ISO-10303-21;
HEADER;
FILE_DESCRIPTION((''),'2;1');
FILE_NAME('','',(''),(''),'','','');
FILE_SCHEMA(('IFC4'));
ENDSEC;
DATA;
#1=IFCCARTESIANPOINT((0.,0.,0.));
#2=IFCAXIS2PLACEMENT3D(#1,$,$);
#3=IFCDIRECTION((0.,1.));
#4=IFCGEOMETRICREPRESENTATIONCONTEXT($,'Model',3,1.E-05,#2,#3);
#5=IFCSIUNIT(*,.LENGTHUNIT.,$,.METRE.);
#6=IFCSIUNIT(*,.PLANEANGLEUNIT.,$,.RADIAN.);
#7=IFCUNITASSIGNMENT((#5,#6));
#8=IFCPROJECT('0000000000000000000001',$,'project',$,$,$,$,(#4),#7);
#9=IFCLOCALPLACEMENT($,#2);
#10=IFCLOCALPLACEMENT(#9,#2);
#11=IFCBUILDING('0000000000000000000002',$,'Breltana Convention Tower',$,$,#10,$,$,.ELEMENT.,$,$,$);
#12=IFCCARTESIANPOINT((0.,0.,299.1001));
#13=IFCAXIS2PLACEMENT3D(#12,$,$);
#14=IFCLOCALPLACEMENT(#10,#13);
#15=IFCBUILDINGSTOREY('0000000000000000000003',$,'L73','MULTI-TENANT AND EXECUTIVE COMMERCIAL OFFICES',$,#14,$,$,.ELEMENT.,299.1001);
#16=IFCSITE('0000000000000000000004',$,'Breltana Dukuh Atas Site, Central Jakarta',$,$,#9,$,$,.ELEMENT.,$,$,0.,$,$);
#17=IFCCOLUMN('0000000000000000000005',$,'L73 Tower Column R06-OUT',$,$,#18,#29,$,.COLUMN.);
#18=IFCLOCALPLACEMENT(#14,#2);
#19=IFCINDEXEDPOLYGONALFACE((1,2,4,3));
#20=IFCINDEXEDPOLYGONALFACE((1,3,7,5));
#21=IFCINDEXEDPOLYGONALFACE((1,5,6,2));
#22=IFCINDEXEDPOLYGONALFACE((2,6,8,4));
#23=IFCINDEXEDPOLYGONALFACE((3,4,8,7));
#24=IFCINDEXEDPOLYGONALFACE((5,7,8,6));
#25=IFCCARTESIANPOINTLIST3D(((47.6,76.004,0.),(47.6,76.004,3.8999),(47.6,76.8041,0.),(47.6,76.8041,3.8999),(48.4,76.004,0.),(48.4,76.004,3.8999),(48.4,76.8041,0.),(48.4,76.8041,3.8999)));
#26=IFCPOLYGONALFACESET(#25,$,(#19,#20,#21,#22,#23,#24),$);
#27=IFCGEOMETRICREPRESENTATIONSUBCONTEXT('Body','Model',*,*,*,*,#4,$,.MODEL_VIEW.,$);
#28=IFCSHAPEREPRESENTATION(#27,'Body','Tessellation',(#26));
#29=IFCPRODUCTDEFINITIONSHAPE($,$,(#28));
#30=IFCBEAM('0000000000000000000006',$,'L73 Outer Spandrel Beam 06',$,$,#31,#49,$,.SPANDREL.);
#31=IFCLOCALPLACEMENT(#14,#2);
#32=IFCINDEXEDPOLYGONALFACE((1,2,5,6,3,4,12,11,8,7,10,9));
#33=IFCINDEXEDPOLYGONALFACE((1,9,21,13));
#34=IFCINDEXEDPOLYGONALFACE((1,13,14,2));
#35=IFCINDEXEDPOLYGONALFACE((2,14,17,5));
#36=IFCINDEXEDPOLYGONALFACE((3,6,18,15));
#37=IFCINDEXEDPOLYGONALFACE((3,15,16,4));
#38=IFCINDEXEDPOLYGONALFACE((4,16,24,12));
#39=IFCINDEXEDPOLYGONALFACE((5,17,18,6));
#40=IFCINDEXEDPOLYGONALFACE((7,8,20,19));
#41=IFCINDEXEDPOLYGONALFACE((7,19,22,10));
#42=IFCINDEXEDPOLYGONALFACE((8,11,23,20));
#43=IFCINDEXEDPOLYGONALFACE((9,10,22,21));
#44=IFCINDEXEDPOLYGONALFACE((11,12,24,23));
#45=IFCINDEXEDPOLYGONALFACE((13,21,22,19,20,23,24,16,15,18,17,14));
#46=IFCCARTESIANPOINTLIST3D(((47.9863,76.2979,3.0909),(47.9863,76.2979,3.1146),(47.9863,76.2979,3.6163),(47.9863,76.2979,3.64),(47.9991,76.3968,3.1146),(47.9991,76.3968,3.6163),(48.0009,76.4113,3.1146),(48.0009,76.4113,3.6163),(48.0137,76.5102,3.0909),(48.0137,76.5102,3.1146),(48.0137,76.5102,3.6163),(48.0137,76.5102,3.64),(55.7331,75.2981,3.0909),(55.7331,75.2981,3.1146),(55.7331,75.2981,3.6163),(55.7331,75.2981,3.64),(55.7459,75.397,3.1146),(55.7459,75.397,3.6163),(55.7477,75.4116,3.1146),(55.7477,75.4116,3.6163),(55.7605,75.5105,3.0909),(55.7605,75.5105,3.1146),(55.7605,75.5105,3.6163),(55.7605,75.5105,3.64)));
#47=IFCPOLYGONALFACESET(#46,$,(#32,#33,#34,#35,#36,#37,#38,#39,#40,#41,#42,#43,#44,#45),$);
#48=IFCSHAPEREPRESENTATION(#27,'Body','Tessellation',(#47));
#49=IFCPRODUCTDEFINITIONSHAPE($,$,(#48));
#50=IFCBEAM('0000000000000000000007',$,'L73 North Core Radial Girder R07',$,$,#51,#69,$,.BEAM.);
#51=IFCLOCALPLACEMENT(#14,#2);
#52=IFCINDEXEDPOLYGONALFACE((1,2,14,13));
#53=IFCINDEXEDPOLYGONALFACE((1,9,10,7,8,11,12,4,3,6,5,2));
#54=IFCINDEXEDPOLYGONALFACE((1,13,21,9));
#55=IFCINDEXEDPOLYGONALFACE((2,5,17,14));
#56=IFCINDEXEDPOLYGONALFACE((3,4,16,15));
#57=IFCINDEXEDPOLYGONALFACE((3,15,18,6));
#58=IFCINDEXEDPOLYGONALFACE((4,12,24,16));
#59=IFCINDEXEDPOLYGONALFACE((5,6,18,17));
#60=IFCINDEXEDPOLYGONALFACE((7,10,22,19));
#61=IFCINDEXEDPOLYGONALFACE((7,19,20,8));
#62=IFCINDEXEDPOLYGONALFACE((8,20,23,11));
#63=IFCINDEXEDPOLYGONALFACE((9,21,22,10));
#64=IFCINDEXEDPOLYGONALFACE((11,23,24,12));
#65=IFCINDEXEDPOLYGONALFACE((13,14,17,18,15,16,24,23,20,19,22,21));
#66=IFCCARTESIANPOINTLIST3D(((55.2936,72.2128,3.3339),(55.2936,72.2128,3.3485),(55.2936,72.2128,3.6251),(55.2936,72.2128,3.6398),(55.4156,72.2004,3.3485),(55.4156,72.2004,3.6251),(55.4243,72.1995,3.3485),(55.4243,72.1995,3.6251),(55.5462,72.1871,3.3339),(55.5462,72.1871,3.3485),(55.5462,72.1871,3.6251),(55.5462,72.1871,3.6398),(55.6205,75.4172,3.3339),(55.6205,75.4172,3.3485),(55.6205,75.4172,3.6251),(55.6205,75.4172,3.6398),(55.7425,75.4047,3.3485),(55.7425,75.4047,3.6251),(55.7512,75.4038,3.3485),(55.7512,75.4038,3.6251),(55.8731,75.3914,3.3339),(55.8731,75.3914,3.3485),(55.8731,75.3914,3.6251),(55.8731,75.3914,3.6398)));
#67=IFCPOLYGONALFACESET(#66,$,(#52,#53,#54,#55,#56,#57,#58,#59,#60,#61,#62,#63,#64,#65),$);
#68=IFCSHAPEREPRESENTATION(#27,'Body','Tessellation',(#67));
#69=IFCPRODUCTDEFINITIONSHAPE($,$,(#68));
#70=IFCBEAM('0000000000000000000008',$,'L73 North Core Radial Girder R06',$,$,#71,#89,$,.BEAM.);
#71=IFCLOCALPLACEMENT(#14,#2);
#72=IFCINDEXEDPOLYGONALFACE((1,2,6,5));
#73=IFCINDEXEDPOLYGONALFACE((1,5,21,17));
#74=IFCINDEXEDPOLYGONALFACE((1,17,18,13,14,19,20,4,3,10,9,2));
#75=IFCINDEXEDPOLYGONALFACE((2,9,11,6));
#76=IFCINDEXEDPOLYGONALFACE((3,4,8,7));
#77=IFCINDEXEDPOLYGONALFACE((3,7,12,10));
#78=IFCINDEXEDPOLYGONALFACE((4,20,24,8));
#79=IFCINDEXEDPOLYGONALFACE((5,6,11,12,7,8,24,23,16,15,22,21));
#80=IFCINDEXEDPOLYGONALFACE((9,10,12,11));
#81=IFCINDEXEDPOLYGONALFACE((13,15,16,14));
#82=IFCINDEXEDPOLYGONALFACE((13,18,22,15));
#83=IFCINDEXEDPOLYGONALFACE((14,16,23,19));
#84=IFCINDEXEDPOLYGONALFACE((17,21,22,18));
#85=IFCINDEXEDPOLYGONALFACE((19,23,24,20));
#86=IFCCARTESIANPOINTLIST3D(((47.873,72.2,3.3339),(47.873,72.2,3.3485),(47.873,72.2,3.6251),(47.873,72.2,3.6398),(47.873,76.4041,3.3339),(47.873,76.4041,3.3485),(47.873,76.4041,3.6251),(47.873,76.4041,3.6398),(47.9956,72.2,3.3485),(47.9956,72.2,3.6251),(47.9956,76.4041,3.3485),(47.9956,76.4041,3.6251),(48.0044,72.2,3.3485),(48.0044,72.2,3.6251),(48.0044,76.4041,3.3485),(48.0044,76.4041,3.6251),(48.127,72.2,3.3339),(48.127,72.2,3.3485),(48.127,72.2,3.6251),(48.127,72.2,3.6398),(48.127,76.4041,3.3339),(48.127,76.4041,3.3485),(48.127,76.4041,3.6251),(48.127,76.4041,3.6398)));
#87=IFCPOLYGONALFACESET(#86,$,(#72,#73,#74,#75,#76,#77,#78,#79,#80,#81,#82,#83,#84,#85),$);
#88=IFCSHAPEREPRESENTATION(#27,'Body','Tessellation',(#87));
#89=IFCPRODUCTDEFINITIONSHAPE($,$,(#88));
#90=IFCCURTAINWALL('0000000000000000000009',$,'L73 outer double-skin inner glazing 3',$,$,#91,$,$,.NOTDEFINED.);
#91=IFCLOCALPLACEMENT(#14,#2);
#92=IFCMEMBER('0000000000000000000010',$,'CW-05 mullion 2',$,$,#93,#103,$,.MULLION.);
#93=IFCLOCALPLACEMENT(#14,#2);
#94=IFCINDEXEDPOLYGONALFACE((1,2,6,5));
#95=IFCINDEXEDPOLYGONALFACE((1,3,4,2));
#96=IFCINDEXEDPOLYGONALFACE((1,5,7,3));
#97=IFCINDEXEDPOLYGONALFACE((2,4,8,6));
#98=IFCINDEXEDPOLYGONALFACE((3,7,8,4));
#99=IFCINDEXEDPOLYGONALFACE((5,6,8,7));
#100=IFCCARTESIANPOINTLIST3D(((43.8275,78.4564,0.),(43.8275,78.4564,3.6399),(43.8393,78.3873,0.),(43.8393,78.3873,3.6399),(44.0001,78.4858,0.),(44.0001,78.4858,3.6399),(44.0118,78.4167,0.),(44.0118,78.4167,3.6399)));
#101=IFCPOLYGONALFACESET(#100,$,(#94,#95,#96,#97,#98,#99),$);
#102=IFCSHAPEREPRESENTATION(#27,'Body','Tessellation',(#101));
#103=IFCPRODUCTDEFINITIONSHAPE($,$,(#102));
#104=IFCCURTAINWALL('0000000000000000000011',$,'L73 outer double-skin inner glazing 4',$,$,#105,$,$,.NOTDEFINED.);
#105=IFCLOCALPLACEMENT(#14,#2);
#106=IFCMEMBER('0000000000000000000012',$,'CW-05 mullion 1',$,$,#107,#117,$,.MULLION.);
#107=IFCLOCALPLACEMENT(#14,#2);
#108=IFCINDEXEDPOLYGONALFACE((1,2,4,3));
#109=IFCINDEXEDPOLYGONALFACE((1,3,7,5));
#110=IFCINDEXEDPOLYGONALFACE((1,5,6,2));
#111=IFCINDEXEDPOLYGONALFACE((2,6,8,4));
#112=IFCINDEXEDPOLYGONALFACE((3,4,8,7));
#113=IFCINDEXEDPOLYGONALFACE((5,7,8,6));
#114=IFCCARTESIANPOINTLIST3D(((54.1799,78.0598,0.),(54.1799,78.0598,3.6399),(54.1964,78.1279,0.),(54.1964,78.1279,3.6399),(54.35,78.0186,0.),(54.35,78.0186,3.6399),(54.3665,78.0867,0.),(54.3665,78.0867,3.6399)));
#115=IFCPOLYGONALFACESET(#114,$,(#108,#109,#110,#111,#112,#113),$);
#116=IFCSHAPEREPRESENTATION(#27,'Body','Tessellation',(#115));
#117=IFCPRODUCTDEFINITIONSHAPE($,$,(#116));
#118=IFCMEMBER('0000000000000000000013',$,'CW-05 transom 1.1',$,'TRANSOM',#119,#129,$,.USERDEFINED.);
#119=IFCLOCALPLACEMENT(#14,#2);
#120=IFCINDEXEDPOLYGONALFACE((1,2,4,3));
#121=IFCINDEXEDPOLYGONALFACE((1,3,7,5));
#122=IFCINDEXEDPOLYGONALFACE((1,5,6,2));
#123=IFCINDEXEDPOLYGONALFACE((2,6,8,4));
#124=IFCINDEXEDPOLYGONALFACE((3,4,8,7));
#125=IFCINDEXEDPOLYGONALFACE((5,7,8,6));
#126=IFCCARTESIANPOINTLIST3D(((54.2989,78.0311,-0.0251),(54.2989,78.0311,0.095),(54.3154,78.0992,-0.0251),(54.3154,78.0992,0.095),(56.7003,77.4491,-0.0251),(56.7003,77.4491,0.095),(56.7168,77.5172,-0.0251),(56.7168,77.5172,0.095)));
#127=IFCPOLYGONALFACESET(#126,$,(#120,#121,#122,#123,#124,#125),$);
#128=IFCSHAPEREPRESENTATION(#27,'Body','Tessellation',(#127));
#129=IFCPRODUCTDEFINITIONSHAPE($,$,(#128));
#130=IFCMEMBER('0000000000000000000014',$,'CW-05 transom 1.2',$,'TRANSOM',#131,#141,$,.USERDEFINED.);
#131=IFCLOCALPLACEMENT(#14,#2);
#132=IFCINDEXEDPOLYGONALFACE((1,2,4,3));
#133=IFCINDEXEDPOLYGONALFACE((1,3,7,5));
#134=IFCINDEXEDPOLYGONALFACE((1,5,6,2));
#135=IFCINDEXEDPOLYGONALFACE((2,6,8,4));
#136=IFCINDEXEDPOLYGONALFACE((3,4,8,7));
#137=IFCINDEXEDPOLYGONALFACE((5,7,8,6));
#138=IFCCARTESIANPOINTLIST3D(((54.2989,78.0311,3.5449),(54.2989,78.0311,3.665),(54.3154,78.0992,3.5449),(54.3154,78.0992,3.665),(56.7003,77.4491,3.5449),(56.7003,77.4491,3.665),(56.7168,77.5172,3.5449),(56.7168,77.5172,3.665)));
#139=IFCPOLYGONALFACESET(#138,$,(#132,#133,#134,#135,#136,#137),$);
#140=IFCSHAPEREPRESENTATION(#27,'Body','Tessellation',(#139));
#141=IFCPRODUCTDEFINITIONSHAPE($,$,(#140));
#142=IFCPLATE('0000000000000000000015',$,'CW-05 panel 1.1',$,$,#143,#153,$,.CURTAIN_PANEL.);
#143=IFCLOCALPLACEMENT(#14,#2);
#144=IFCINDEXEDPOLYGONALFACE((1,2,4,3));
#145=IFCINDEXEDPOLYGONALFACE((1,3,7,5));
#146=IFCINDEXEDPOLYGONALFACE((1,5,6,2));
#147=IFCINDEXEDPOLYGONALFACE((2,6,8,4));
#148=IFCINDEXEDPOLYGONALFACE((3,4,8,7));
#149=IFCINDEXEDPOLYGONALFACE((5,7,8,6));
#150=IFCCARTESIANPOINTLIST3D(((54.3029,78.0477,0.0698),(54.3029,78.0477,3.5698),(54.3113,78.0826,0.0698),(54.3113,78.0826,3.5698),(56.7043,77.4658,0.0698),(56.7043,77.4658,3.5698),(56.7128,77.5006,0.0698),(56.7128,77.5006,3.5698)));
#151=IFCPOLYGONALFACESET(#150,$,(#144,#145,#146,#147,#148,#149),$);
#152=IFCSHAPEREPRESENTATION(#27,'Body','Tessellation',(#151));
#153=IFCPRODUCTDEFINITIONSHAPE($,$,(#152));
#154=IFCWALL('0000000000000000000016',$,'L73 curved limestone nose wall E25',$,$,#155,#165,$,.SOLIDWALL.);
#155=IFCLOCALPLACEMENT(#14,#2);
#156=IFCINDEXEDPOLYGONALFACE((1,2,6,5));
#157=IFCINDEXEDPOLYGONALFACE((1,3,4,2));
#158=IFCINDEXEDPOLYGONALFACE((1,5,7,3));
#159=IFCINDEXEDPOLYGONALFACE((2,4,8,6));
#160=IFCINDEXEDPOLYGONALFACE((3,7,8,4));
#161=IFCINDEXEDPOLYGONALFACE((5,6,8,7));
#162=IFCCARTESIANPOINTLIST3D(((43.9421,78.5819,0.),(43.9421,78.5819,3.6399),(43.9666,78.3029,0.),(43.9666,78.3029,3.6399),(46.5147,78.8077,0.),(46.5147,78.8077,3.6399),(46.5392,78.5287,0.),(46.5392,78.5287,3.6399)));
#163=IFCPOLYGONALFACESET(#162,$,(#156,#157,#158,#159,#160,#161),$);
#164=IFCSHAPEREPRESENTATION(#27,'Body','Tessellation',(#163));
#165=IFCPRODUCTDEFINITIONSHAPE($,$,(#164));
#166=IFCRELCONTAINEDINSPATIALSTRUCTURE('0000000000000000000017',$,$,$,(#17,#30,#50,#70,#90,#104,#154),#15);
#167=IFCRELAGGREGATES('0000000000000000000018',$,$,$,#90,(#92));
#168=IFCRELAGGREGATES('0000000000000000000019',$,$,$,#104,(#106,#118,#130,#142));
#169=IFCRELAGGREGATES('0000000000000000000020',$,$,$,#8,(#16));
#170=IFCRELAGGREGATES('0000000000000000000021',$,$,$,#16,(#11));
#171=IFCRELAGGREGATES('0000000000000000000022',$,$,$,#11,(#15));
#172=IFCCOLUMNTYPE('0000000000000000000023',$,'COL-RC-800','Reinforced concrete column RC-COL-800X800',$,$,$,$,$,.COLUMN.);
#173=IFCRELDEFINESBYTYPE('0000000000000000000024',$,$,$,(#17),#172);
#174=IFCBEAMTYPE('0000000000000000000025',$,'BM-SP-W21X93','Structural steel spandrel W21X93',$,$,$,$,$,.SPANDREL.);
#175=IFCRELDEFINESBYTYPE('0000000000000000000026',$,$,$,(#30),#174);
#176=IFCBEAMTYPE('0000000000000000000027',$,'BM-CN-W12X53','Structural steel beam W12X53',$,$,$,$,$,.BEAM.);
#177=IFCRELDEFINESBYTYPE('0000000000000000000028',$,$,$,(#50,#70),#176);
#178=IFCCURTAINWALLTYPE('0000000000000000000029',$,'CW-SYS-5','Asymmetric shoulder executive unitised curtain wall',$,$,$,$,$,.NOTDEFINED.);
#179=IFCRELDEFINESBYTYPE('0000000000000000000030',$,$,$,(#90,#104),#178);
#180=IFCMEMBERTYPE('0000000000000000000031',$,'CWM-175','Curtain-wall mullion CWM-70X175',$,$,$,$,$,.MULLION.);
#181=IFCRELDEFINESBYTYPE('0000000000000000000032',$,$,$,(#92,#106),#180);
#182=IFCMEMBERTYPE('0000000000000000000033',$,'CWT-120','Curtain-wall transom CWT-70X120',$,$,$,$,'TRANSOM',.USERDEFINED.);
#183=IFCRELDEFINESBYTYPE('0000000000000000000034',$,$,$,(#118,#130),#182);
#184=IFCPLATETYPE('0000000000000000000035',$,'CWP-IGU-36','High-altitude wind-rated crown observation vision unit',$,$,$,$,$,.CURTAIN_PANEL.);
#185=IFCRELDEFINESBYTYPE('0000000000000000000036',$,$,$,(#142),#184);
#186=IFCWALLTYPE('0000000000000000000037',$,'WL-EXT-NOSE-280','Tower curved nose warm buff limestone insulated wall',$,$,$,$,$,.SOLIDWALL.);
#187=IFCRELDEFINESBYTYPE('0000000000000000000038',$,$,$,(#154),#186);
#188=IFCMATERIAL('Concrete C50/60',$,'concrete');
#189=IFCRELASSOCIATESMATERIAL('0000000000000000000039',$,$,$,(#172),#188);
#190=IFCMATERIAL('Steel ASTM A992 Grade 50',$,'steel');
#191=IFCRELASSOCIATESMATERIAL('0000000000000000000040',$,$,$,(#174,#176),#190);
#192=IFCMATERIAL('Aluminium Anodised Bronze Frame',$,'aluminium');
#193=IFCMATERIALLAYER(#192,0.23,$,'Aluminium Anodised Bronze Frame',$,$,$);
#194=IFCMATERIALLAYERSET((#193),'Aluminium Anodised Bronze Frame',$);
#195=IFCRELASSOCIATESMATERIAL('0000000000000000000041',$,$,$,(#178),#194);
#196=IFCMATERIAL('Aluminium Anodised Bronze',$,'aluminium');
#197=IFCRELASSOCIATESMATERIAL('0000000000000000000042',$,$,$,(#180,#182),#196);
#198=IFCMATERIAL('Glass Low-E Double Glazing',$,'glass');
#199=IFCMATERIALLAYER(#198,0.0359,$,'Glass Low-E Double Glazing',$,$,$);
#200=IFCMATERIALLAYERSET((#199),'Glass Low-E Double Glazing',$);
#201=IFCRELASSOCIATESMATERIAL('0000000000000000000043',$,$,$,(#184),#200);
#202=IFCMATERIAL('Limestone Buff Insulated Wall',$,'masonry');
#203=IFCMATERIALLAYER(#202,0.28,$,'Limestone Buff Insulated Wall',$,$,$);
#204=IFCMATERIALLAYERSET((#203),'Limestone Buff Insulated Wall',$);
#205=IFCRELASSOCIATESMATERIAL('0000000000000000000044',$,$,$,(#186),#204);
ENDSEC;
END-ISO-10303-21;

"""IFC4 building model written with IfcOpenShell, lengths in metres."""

from ifc_helpers import new_model, si_unit, direction, frame, frame_2d, origin, origin_2d, place, context, subcontext, project, spatial, rectangle, i_section, extrude, source, transform, mapped, material, layer, layer_set, material_profile, profile_set, type_object, element, aggregate, save


model = new_model("IFC4")

# Units and contexts
model_context = context("Model", 3, precision=1e-05, world=origin(), true_north=direction((0.0, 1.0)))
body_context = subcontext(model_context, "Body", "Model", "MODEL_VIEW")
ifc_project = project(units=[si_unit("LENGTHUNIT", "METRE"), si_unit("PLANEANGLEUNIT", "RADIAN")], contexts=[model_context])

# Site, building, storey
site_placement = place(None, origin())
site = spatial("IfcSite", under=ifc_project, at=site_placement, Name="Breltana Dukuh Atas Site, Central Jakarta", CompositionType="ELEMENT", RefElevation=0.0)
building_placement = place(site_placement, origin())
building = spatial("IfcBuilding", under=site, at=building_placement, Name="Breltana Convention Tower", CompositionType="ELEMENT")
storey_placement = place(building_placement, frame((0.0, 0.0, 299.1001)))
storey = spatial("IfcBuildingStorey", under=building, at=storey_placement, Name="L73", Description="MULTI-TENANT AND EXECUTIVE COMMERCIAL OFFICES", CompositionType="ELEMENT", Elevation=299.1001)

# Column
ifc_material_1 = material(Name="Concrete C50/60", Category="concrete")
ifc_material_profile_1 = material_profile(ifc_material_1, rectangle(XDim=0.8, YDim=0.8, at=origin_2d()), Name="RC-COL-800X800")
ifc_profile_set_1 = profile_set([ifc_material_profile_1], Name="Concrete C50/60")
column_type = type_object("IfcColumnType", Name="COL-RC-800", Description="Reinforced concrete column RC-COL-800X800", PredefinedType="COLUMN", material=ifc_profile_set_1)
shared_shape_1 = source(origin(), body_context, "Body", "SweptSolid", [
    extrude(rectangle(XDim=0.8, YDim=0.8, at=origin_2d()), origin(), (0.0, 0.0, 1.0), 3.8999),
])
column_placement = place(storey_placement, frame((48.0, 76.4041, 0.0), z_axis=(0.0, 0.0, 1.0), x_axis=(0.0, 1.0, 0.0)))
element("IfcColumn", 1, at=column_placement, inside=storey, type_object=column_type, Name="L73 Tower Column R06-OUT", PredefinedType="COLUMN", context=body_context, shape_type="MappedRepresentation", body=[
    mapped(shared_shape_1, transform((0.0, 0.0, 0.0), scale=1.0)),
])

# Beams
ifc_material_2 = material(Name="Steel ASTM A992 Grade 50", Category="steel")
ifc_material_profile_2 = material_profile(ifc_material_2, i_section(OverallWidth=0.2141, OverallDepth=0.5491, WebThickness=0.0146, FlangeThickness=0.0237, at=origin_2d()), Name="W21X93")
ifc_profile_set_2 = profile_set([ifc_material_profile_2], Name="Steel ASTM A992 Grade 50")
beam_type_1 = type_object("IfcBeamType", Name="BM-SP-W21X93", Description="Structural steel spandrel W21X93", PredefinedType="SPANDREL", material=ifc_profile_set_2)
shared_shape_2 = source(origin(), body_context, "Body", "SweptSolid", [
    extrude(i_section(OverallWidth=0.2141, OverallDepth=0.5491, WebThickness=0.0146, FlangeThickness=0.0237, at=origin_2d()), origin(), (0.0, 0.0, 1.0), 7.811),
])
beam_1_placement = place(storey_placement, frame((48.0, 76.4041, 3.3655), z_axis=(0.991775, -0.127992, 0.0), x_axis=(0.127992, 0.991775, 0.0)))
element("IfcBeam", 2, at=beam_1_placement, inside=storey, type_object=beam_type_1, Name="L73 Outer Spandrel Beam 06", PredefinedType="SPANDREL", context=body_context, shape_type="MappedRepresentation", body=[
    mapped(shared_shape_2, transform((0.0, 0.0, 0.0), scale=1.0)),
])
ifc_material_profile_3 = material_profile(ifc_material_2, i_section(OverallWidth=0.2539, OverallDepth=0.3059, WebThickness=0.0088, FlangeThickness=0.0146, at=origin_2d()), Name="W12X53")
ifc_profile_set_3 = profile_set([ifc_material_profile_3], Name="Steel ASTM A992 Grade 50")
beam_type_2 = type_object("IfcBeamType", Name="BM-CN-W12X53", Description="Structural steel beam W12X53", PredefinedType="BEAM", material=ifc_profile_set_3)
shared_shape_3 = source(origin(), body_context, "Body", "SweptSolid", [
    extrude(i_section(OverallWidth=0.2539, OverallDepth=0.3059, WebThickness=0.0088, FlangeThickness=0.0146, at=origin_2d()), origin(), (0.0, 0.0, 1.0), 3.2209),
])
beam_2_placement = place(storey_placement, frame((55.4199, 72.2, 3.4868), z_axis=(0.101492, 0.994836, 0.0), x_axis=(-0.994836, 0.101492, 0.0)))
element("IfcBeam", 3, at=beam_2_placement, inside=storey, type_object=beam_type_2, Name="L73 North Core Radial Girder R07", PredefinedType="BEAM", context=body_context, shape_type="MappedRepresentation", body=[
    mapped(shared_shape_3, transform((0.0, 0.0, 0.0), scale=1.0)),
])
shared_shape_4 = source(origin(), body_context, "Body", "SweptSolid", [
    extrude(i_section(OverallWidth=0.2539, OverallDepth=0.3059, WebThickness=0.0088, FlangeThickness=0.0146, at=origin_2d()), origin(), (0.0, 0.0, 1.0), 4.2041),
])
beam_3_placement = place(storey_placement, frame((48.0, 72.2, 3.4868), z_axis=(0.0, 1.0, 0.0), x_axis=(-1.0, 0.0, 0.0)))
element("IfcBeam", 4, at=beam_3_placement, inside=storey, type_object=beam_type_2, Name="L73 North Core Radial Girder R06", PredefinedType="BEAM", context=body_context, shape_type="MappedRepresentation", body=[
    mapped(shared_shape_4, transform((0.0, 0.0, 0.0), scale=1.0)),
])

# Curtain wall, member
ifc_material_3 = material(Name="Aluminium Anodised Bronze Frame", Category="aluminium")
ifc_layer_1 = layer(ifc_material_3, 0.23, Name="Aluminium Anodised Bronze Frame")
ifc_layer_set_1 = layer_set([ifc_layer_1], Name="Aluminium Anodised Bronze Frame")
curtain_wall_type = type_object("IfcCurtainWallType", Name="CW-SYS-5", Description="Asymmetric shoulder executive unitised curtain wall", PredefinedType="NOTDEFINED", material=ifc_layer_set_1)
curtain_wall_1_placement = place(storey_placement, origin())
curtain_wall_1 = element("IfcCurtainWall", 5, at=curtain_wall_1_placement, inside=storey, type_object=curtain_wall_type, Name="L73 outer double-skin inner glazing 3", PredefinedType="NOTDEFINED")
ifc_material_4 = material(Name="Aluminium Anodised Bronze", Category="aluminium")
ifc_material_profile_4 = material_profile(ifc_material_4, rectangle(XDim=0.0701, YDim=0.175, at=origin_2d()), Name="CWM-70X175")
ifc_profile_set_4 = profile_set([ifc_material_profile_4], Name="Aluminium Anodised Bronze")
member_type_1 = type_object("IfcMemberType", Name="CWM-175", Description="Curtain-wall mullion CWM-70X175", PredefinedType="MULLION", material=ifc_profile_set_4)
shared_shape_5 = source(origin(), body_context, "Body", "SweptSolid", [
    extrude(rectangle(XDim=0.0701, YDim=0.175, at=origin_2d()), origin(), (0.0, 0.0, 1.0), 3.6399),
])
member_1_placement = place(storey_placement, frame((43.9197, 78.4365, 0.0), z_axis=(0.0, 0.0, 1.0), x_axis=(-0.168017, 0.985784, 0.0)))
member_1 = element("IfcMember", 6, at=member_1_placement, type_object=member_type_1, Name="CW-05 mullion 2", PredefinedType="MULLION", context=body_context, shape_type="MappedRepresentation", body=[
    mapped(shared_shape_5, transform((0.0, 0.0, 0.0), scale=1.0)),
])
aggregate(curtain_wall_1, [member_1])

# Curtain wall, members, plate
curtain_wall_2_placement = place(storey_placement, origin())
curtain_wall_2 = element("IfcCurtainWall", 7, at=curtain_wall_2_placement, inside=storey, type_object=curtain_wall_type, Name="L73 outer double-skin inner glazing 4", PredefinedType="NOTDEFINED")
member_2_placement = place(storey_placement, frame((54.2732, 78.0732, 0.0), z_axis=(0.0, 0.0, 1.0), x_axis=(0.235518, 0.97187, 0.0)))
member_2 = element("IfcMember", 8, at=member_2_placement, type_object=member_type_1, Name="CW-05 mullion 1", PredefinedType="MULLION", context=body_context, shape_type="MappedRepresentation", body=[
    mapped(shared_shape_5, transform((0.0, 0.0, 0.0), scale=1.0)),
])
ifc_material_profile_5 = material_profile(ifc_material_4, rectangle(XDim=0.0701, YDim=0.1201, at=origin_2d()), Name="CWT-70X120")
ifc_profile_set_5 = profile_set([ifc_material_profile_5], Name="Aluminium Anodised Bronze")
member_type_2 = type_object("IfcMemberType", Name="CWT-120", Description="Curtain-wall transom CWT-70X120", ElementType="TRANSOM", PredefinedType="USERDEFINED", material=ifc_profile_set_5)
shared_shape_6 = source(origin(), body_context, "Body", "SweptSolid", [
    extrude(rectangle(XDim=0.0701, YDim=0.1201, at=origin_2d()), origin(), (0.0, 0.0, 1.0), 2.4709),
])
member_3_placement = place(storey_placement, frame((54.3071, 78.0652, 0.0349), z_axis=(0.971861, -0.235555, 0.0), x_axis=(0.235555, 0.971861, 0.0)))
member_3 = element("IfcMember", 9, at=member_3_placement, type_object=member_type_2, Name="CW-05 transom 1.1", ObjectType="TRANSOM", PredefinedType="USERDEFINED", context=body_context, shape_type="MappedRepresentation", body=[
    mapped(shared_shape_6, transform((0.0, 0.0, 0.0), scale=1.0)),
])
member_4_placement = place(storey_placement, frame((54.3071, 78.0652, 3.605), z_axis=(0.971861, -0.235555, 0.0), x_axis=(0.235555, 0.971861, 0.0)))
member_4 = element("IfcMember", 10, at=member_4_placement, type_object=member_type_2, Name="CW-05 transom 1.2", ObjectType="TRANSOM", PredefinedType="USERDEFINED", context=body_context, shape_type="MappedRepresentation", body=[
    mapped(shared_shape_6, transform((0.0, 0.0, 0.0), scale=1.0)),
])
ifc_material_5 = material(Name="Glass Low-E Double Glazing", Category="glass")
ifc_layer_2 = layer(ifc_material_5, 0.0359, Name="Glass Low-E Double Glazing")
ifc_layer_set_2 = layer_set([ifc_layer_2], Name="Glass Low-E Double Glazing")
plate_type = type_object("IfcPlateType", Name="CWP-IGU-36", Description="High-altitude wind-rated crown observation vision unit", PredefinedType="CURTAIN_PANEL", material=ifc_layer_set_2)
shared_shape_7 = source(origin(), body_context, "Body", "SweptSolid", [
    extrude(rectangle(XDim=2.4709, YDim=0.0359, at=origin_2d()), origin(), (0.0, 0.0, 1.0), 3.5),
])
plate_placement = place(storey_placement, frame((55.5078, 77.7742, 0.0698), z_axis=(0.0, 0.0, 1.0), x_axis=(0.97187, -0.235518, 0.0)))
plate = element("IfcPlate", 11, at=plate_placement, type_object=plate_type, Name="CW-05 panel 1.1", PredefinedType="CURTAIN_PANEL", context=body_context, shape_type="MappedRepresentation", body=[
    mapped(shared_shape_7, transform((0.0, 0.0, 0.0), scale=1.0)),
])
aggregate(curtain_wall_2, [member_2, member_3, member_4, plate])

# Wall
ifc_material_6 = material(Name="Limestone Buff Insulated Wall", Category="masonry")
ifc_layer_3 = layer(ifc_material_6, 0.28, Name="Limestone Buff Insulated Wall")
ifc_layer_set_3 = layer_set([ifc_layer_3], Name="Limestone Buff Insulated Wall")
wall_type_1 = type_object("IfcWallType", Name="WL-EXT-NOSE-280", Description="Tower curved nose warm buff limestone insulated wall", PredefinedType="SOLIDWALL", material=ifc_layer_set_3)
shared_shape_8 = source(origin(), body_context, "Body", "SweptSolid", [
    extrude(rectangle(XDim=2.5825, YDim=0.28, at=frame_2d((1.2913, 0.0))), origin(), (0.0, 0.0, 1.0), 3.6399),
])
wall_1_placement = place(storey_placement, frame((43.9543, 78.4424, 0.0), z_axis=(0.0, 0.0, 1.0), x_axis=(0.996169, 0.08745, 0.0)))
element("IfcWall", 12, at=wall_1_placement, inside=storey, type_object=wall_type_1, Name="L73 curved limestone nose wall E25", PredefinedType="SOLIDWALL", context=body_context, shape_type="MappedRepresentation", body=[
    mapped(shared_shape_8, transform((0.0, 0.0, 0.0), scale=1.0)),
])

save(model, "model.ifc")
